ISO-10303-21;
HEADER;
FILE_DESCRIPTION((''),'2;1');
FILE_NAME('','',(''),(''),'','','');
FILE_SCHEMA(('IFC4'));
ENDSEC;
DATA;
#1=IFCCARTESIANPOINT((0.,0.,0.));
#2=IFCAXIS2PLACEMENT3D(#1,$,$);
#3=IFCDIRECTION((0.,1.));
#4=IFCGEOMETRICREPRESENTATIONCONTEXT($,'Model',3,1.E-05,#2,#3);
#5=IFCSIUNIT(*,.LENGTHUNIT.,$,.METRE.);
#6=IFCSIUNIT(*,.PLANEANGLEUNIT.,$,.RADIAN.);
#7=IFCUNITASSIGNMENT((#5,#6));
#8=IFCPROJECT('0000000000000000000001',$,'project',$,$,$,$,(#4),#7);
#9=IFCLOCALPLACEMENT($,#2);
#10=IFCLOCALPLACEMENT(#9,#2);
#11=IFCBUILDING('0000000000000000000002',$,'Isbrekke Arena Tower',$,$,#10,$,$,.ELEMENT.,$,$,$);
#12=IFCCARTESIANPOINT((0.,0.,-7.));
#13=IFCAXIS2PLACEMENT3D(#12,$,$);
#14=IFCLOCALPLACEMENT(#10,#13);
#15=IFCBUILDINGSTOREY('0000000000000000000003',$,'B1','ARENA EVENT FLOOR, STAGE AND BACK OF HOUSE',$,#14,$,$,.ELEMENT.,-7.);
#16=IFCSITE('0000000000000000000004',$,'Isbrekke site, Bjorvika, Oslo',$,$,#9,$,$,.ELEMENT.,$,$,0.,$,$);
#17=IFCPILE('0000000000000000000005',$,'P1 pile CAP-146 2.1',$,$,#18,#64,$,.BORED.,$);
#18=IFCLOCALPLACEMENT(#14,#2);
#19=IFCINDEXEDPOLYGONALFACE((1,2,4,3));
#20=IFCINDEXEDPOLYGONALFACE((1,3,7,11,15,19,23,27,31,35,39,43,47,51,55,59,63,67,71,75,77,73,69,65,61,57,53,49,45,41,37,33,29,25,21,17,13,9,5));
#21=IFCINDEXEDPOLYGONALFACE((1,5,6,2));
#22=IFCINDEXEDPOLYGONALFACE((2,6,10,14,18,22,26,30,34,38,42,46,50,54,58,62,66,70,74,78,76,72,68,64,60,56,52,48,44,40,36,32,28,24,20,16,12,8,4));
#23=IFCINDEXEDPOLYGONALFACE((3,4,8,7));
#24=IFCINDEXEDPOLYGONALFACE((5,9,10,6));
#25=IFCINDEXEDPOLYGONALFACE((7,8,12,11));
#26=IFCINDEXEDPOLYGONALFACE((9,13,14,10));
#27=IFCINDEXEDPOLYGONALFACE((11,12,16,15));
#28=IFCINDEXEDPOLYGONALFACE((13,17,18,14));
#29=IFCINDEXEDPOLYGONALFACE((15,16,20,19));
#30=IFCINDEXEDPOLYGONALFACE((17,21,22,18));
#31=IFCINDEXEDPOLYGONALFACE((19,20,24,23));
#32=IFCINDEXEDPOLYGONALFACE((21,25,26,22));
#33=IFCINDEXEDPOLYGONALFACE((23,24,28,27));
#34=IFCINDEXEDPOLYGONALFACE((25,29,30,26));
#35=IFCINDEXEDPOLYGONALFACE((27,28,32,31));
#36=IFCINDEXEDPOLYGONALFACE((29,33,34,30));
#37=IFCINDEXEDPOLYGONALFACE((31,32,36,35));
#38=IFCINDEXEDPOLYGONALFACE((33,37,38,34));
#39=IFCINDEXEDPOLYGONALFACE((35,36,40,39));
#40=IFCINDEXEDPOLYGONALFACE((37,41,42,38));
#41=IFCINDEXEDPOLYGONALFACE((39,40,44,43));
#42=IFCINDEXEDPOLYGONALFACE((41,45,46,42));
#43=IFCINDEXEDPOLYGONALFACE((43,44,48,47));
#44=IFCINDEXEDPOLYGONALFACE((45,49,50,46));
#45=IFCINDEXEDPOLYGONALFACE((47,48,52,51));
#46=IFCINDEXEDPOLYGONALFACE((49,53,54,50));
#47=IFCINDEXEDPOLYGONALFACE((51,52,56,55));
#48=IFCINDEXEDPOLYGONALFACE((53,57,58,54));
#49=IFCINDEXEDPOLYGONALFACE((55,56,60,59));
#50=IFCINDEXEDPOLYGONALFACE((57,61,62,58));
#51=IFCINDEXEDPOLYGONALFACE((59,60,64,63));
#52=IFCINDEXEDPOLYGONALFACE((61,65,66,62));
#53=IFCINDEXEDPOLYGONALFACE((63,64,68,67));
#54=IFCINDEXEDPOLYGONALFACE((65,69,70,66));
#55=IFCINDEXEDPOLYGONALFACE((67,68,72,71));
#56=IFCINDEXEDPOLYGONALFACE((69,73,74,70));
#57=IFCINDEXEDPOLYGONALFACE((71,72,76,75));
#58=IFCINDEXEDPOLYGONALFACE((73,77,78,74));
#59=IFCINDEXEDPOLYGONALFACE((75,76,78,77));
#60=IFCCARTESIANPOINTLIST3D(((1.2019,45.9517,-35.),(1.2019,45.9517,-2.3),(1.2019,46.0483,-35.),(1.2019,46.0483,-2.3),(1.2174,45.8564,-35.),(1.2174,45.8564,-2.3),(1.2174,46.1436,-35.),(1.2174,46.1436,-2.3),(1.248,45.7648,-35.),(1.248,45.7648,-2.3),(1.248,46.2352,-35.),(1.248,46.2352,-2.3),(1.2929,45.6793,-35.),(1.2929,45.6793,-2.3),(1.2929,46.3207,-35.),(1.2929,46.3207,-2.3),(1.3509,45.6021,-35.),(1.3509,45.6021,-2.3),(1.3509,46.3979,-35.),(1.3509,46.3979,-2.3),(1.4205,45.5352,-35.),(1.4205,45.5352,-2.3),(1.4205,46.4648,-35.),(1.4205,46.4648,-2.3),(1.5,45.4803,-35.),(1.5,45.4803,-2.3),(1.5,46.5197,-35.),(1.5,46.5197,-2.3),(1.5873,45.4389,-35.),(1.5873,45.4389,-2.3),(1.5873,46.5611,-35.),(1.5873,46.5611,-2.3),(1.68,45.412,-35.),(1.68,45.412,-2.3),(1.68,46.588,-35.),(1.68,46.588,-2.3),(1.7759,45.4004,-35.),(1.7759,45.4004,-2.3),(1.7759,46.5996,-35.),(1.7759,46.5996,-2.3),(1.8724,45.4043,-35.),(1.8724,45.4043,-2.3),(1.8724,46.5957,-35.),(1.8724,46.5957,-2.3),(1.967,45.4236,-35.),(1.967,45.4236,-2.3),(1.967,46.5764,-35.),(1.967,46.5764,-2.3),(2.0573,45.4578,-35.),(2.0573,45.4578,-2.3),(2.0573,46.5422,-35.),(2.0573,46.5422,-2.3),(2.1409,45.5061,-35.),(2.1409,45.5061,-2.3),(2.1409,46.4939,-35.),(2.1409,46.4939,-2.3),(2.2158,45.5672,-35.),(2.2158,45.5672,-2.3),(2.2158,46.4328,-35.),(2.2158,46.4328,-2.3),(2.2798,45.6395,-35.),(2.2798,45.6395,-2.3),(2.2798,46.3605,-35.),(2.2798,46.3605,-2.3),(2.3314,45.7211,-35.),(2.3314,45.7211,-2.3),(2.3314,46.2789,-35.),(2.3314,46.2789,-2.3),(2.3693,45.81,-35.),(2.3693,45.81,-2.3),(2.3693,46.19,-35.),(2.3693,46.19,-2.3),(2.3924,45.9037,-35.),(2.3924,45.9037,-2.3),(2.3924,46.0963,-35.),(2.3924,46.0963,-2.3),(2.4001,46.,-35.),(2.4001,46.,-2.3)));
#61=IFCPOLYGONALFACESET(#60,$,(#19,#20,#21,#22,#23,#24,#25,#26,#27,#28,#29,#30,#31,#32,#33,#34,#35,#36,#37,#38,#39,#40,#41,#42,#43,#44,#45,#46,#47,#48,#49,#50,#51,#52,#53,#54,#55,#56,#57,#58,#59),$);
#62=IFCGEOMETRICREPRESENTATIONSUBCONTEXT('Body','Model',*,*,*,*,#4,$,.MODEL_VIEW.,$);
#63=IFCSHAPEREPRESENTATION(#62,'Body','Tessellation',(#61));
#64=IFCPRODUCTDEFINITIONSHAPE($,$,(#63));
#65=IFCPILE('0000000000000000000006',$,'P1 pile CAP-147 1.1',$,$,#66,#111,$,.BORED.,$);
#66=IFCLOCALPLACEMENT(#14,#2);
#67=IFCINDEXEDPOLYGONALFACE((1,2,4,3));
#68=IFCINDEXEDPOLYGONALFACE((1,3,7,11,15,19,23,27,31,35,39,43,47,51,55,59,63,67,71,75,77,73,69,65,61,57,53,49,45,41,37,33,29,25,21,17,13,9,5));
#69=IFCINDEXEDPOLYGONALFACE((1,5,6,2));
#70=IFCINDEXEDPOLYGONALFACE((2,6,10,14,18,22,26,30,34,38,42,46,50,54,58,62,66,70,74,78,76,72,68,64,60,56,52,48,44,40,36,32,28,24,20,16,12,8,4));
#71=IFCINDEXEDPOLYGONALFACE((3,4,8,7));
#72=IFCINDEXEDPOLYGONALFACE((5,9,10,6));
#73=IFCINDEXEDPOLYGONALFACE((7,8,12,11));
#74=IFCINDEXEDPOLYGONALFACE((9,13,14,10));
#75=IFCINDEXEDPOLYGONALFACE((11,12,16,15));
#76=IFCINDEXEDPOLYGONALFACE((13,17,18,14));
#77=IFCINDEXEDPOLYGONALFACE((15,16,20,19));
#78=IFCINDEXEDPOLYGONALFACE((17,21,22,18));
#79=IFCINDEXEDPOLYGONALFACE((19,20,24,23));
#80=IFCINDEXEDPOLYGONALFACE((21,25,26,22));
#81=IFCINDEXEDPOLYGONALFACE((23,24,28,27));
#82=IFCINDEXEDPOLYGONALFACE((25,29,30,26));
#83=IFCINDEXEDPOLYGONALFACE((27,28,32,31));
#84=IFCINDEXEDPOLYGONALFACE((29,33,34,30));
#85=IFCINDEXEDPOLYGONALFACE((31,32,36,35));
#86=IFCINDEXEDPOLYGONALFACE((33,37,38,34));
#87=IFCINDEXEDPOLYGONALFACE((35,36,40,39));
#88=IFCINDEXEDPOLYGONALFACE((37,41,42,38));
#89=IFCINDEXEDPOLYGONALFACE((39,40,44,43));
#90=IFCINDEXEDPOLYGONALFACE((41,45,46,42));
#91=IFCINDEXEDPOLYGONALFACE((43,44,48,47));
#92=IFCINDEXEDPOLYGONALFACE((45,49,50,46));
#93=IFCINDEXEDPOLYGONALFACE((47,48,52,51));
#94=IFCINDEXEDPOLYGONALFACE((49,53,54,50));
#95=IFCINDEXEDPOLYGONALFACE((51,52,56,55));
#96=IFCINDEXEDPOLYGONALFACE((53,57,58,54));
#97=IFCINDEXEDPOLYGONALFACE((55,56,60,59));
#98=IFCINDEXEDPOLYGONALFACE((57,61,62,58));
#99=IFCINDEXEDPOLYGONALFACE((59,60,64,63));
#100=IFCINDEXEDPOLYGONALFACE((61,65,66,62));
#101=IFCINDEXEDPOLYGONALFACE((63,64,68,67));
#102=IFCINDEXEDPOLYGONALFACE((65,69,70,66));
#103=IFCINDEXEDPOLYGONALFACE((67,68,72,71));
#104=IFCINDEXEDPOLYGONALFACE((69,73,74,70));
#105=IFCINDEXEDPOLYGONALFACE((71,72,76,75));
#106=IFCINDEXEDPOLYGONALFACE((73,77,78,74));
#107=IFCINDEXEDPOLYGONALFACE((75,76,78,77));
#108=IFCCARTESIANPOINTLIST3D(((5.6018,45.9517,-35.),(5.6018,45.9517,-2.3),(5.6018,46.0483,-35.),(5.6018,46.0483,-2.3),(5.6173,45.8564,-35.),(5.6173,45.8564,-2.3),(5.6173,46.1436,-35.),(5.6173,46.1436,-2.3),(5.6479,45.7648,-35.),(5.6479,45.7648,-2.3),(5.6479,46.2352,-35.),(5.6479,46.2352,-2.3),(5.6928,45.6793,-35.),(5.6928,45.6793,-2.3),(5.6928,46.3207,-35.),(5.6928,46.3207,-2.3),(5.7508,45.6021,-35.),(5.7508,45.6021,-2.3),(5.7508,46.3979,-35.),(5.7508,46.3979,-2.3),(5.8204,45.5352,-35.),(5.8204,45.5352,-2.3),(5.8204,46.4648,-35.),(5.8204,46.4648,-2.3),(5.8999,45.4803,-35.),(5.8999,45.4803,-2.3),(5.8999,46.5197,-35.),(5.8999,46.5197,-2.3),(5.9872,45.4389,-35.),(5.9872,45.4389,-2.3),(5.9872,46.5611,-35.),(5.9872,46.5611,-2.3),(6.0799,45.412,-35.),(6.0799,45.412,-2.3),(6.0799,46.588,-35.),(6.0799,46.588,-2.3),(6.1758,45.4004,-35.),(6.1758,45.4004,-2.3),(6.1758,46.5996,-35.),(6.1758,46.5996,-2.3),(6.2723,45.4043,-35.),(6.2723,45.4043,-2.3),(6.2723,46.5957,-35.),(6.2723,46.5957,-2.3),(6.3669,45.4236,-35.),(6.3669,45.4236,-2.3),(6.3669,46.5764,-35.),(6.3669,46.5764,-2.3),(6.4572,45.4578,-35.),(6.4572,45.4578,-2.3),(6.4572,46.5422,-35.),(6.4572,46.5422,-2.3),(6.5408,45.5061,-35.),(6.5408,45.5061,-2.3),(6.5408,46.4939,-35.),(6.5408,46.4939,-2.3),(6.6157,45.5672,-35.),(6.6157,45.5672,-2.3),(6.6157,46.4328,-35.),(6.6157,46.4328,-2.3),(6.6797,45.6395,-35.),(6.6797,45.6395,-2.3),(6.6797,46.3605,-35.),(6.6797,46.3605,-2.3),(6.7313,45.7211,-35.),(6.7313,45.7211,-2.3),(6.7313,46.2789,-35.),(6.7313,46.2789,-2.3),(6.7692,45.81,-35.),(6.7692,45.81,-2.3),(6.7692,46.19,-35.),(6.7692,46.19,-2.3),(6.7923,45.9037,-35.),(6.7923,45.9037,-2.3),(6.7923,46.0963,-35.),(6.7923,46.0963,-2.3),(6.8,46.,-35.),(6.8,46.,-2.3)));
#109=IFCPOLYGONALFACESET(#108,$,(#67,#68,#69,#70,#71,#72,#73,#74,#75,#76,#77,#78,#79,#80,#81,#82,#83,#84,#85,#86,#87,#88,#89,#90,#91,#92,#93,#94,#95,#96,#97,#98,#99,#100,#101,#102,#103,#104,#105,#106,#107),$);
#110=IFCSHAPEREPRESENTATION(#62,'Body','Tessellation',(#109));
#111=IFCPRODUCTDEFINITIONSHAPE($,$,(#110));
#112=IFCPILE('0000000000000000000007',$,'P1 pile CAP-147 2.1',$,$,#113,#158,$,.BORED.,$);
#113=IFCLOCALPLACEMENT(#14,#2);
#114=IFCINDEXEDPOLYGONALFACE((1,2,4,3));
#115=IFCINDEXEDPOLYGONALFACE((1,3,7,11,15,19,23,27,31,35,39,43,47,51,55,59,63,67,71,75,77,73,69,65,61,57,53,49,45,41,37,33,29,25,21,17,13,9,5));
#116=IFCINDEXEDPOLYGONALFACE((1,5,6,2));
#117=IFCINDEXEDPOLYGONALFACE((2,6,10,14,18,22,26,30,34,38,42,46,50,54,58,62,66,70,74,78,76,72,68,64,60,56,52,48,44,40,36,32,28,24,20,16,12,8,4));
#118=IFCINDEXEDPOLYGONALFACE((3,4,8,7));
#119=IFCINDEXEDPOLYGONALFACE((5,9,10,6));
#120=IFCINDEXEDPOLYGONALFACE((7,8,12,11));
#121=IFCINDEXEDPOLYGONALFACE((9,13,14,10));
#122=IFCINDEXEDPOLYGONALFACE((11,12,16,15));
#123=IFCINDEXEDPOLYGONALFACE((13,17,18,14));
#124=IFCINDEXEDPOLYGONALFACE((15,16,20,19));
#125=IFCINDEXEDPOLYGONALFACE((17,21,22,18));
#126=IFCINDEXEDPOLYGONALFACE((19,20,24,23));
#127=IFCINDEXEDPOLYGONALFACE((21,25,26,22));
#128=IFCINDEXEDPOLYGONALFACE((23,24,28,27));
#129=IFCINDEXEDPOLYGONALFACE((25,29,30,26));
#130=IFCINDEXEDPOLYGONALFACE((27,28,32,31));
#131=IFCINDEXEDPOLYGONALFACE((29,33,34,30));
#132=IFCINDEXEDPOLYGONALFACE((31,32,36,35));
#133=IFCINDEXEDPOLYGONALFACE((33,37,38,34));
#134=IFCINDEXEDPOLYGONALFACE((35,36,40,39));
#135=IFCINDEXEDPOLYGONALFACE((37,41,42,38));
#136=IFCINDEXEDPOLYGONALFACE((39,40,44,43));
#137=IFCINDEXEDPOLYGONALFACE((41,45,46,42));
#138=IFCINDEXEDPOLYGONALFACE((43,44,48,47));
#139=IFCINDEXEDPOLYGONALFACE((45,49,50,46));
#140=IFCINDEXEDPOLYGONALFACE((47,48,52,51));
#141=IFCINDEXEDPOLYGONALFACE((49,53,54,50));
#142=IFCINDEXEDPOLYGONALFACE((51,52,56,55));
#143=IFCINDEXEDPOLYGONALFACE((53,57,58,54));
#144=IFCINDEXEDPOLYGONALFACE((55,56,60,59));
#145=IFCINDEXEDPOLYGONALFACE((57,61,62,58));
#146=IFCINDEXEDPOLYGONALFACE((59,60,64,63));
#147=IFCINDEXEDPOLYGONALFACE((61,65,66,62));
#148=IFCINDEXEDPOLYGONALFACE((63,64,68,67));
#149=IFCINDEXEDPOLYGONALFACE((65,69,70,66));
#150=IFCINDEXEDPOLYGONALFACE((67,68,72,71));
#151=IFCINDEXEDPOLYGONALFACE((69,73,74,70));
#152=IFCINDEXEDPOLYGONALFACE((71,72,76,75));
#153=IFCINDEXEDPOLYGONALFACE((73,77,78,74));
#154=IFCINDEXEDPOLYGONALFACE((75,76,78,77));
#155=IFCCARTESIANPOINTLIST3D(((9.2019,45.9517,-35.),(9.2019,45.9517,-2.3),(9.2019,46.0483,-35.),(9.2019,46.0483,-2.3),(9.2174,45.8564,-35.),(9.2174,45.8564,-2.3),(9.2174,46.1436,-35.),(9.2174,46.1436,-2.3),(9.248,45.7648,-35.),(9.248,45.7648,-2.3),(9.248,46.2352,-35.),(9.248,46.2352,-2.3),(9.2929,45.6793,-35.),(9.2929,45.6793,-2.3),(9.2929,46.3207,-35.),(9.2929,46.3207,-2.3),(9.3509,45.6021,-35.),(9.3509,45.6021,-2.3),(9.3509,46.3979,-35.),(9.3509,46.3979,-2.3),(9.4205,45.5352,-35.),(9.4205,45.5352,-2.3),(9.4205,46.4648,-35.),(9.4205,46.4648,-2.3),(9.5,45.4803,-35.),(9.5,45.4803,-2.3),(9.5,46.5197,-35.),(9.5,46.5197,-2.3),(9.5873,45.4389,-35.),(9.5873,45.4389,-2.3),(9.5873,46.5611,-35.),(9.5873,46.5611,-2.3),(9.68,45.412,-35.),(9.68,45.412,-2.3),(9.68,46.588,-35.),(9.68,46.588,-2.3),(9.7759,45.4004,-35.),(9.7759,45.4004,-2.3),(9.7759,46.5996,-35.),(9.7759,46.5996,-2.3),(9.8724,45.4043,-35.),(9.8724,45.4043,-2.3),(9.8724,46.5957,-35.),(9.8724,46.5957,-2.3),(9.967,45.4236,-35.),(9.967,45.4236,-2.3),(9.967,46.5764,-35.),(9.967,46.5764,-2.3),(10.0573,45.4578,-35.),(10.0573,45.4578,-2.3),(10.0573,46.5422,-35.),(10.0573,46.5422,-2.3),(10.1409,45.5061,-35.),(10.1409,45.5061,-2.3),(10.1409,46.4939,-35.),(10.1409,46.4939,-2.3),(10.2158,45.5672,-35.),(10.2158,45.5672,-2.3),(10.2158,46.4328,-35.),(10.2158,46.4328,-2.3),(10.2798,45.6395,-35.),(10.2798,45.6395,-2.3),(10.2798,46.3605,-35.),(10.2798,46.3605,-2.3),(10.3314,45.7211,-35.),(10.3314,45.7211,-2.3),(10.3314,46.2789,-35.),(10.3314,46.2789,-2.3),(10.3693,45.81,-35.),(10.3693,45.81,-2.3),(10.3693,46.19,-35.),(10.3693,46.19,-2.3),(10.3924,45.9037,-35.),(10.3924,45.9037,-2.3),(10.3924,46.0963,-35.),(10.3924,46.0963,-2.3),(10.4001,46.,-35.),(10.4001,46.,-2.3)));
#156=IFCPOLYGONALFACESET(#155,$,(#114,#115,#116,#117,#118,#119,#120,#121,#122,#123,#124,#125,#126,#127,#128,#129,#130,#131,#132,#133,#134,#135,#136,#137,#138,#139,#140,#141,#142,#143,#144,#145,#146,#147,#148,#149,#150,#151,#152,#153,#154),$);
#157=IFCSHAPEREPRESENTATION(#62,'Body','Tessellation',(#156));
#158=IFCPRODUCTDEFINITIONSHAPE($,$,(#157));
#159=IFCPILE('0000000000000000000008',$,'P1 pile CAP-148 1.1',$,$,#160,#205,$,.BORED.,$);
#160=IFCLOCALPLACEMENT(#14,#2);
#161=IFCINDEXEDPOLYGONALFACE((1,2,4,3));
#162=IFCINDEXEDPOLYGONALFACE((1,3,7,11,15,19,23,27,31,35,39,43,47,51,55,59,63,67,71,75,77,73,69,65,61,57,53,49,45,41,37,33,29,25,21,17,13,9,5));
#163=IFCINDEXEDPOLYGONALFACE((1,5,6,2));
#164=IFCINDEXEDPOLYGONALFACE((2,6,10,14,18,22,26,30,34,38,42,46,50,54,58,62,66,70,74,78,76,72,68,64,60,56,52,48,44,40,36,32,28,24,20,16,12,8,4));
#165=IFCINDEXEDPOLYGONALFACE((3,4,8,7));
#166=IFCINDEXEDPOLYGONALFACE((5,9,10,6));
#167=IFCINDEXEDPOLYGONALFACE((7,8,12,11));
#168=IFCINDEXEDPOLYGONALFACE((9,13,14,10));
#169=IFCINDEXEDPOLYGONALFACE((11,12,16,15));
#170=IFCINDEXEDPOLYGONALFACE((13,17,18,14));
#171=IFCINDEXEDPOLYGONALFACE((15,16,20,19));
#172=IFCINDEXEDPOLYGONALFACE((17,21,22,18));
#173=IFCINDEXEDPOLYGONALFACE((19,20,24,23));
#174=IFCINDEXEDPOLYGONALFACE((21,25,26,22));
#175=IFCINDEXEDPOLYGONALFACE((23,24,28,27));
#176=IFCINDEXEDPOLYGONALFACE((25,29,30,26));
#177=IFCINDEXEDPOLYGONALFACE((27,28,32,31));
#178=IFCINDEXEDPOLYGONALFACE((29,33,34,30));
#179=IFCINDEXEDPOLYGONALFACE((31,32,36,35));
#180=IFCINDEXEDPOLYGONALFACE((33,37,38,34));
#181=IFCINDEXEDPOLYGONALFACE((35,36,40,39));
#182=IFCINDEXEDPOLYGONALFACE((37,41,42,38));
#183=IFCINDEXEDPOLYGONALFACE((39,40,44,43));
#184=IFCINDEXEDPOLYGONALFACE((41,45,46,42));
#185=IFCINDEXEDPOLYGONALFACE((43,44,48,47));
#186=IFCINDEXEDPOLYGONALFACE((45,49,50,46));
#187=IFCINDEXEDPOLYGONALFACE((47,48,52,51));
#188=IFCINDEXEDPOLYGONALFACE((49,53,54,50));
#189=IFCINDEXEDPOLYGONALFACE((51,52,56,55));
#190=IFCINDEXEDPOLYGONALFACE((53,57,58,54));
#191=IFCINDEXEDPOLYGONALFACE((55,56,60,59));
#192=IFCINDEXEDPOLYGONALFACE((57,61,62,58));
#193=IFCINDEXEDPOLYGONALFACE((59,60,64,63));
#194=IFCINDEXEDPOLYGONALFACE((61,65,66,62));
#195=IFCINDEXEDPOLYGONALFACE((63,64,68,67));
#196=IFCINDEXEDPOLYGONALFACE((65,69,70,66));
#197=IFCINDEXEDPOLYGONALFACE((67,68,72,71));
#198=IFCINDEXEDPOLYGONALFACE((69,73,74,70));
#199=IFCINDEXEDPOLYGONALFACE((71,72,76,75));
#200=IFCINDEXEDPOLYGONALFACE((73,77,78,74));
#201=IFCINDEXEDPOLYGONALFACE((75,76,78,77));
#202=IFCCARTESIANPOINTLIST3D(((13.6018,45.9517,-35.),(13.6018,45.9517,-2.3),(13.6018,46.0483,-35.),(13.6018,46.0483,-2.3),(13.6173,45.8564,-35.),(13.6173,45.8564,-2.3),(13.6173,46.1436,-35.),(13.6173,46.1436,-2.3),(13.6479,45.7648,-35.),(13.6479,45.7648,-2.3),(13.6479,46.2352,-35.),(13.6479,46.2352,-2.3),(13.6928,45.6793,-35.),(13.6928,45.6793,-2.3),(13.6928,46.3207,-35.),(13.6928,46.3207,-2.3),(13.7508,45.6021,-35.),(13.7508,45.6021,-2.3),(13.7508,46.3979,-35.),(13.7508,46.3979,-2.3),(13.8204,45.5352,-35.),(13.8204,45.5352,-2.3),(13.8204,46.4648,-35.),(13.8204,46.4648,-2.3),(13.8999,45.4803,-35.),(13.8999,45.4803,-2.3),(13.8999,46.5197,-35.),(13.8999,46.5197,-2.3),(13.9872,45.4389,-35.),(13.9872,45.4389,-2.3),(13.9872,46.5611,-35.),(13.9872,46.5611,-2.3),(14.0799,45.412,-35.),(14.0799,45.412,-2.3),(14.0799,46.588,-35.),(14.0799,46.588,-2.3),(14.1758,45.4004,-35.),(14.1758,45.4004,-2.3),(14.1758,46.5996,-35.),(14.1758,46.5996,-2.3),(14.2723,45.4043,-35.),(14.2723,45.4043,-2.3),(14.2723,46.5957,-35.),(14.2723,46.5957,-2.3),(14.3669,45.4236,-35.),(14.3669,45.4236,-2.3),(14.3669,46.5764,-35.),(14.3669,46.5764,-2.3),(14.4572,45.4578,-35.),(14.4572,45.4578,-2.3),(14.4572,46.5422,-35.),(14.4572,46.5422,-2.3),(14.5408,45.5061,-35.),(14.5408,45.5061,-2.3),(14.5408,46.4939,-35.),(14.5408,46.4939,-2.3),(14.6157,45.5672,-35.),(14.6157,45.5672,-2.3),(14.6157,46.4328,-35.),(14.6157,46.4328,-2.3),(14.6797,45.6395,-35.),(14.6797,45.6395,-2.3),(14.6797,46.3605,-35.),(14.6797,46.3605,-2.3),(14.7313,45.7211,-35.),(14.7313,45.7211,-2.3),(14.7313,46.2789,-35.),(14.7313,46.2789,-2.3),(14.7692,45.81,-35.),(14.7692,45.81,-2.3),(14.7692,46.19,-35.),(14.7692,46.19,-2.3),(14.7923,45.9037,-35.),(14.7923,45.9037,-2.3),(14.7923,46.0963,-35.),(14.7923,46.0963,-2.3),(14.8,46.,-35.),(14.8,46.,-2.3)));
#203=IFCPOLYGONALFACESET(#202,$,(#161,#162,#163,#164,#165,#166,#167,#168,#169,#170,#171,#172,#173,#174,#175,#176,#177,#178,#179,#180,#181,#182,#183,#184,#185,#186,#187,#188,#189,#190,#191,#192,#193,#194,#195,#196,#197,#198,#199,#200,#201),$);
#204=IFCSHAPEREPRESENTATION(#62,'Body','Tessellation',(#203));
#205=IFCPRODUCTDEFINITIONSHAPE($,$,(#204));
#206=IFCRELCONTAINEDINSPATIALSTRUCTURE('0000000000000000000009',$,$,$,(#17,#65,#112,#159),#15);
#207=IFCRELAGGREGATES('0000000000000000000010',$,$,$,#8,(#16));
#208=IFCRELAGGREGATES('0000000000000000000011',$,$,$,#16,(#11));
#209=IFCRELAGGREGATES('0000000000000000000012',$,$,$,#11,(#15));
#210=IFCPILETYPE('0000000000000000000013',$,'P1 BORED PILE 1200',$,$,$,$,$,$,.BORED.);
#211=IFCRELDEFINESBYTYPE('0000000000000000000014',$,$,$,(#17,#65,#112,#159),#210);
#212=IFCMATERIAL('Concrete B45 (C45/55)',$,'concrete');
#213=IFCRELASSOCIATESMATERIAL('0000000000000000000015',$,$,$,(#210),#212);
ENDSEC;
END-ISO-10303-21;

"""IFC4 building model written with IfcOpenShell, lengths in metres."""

from ifc_helpers import new_model, si_unit, direction, frame, origin, origin_2d, place, context, subcontext, project, spatial, circle, extrude, material, material_profile, profile_set, type_object, element, save


model = new_model("IFC4")

# Units and contexts
model_context = context("Model", 3, precision=1e-05, world=origin(), true_north=direction((0.0, 1.0)))
body_context = subcontext(model_context, "Body", "Model", "MODEL_VIEW")
ifc_project = project(units=[si_unit("LENGTHUNIT", "METRE"), si_unit("PLANEANGLEUNIT", "RADIAN")], contexts=[model_context])

# Site, building, storey
site_placement = place(None, origin())
site = spatial("IfcSite", under=ifc_project, at=site_placement, Name="Isbrekke site, Bjorvika, Oslo", CompositionType="ELEMENT", RefElevation=0.0)
building_placement = place(site_placement, origin())
building = spatial("IfcBuilding", under=site, at=building_placement, Name="Isbrekke Arena Tower", CompositionType="ELEMENT")
storey_placement = place(building_placement, frame((0.0, 0.0, -7.0)))
storey = spatial("IfcBuildingStorey", under=building, at=storey_placement, Name="B1", Description="ARENA EVENT FLOOR, STAGE AND BACK OF HOUSE", CompositionType="ELEMENT", Elevation=-7.0)

# Piles
ifc_material_1 = material(Name="Concrete B45 (C45/55)", Category="concrete")
ifc_material_profile_1 = material_profile(ifc_material_1, circle(Radius=0.6001, at=origin_2d()), Name="BORED PILE D1200")
ifc_profile_set_1 = profile_set([ifc_material_profile_1], Name="Concrete B45 (C45/55)")
pile_type = type_object("IfcPileType", Name="P1 BORED PILE 1200", PredefinedType="BORED", material=ifc_profile_set_1)
for number, where, z_axis, x_axis, name in (
    (1, (1.8, 46.0, -2.3), (0.0, 0.0, -1.0), (1.0, 0.0, 0.0), "P1 pile CAP-146 2.1"),
    (2, (6.2, 46.0, -2.3), (0.0, 0.0, -1.0), (1.0, 0.0, 0.0), "P1 pile CAP-147 1.1"),
    (3, (9.8, 46.0, -2.3), (0.0, 0.0, -1.0), (1.0, 0.0, 0.0), "P1 pile CAP-147 2.1"),
    (4, (14.2, 46.0, -2.3), (0.0, 0.0, -1.0), (1.0, 0.0, 0.0), "P1 pile CAP-148 1.1"),
):
    element("IfcPile", number, at=place(storey_placement, frame(where, z_axis=z_axis, x_axis=x_axis)), inside=storey, type_object=pile_type, Name=name, PredefinedType="BORED", context=body_context, shape_type="SweptSolid", body=[
        extrude(circle(Radius=0.6001, at=origin_2d()), origin(), (0.0, 0.0, 1.0), 32.7),
    ])

save(model, "model.ifc")
